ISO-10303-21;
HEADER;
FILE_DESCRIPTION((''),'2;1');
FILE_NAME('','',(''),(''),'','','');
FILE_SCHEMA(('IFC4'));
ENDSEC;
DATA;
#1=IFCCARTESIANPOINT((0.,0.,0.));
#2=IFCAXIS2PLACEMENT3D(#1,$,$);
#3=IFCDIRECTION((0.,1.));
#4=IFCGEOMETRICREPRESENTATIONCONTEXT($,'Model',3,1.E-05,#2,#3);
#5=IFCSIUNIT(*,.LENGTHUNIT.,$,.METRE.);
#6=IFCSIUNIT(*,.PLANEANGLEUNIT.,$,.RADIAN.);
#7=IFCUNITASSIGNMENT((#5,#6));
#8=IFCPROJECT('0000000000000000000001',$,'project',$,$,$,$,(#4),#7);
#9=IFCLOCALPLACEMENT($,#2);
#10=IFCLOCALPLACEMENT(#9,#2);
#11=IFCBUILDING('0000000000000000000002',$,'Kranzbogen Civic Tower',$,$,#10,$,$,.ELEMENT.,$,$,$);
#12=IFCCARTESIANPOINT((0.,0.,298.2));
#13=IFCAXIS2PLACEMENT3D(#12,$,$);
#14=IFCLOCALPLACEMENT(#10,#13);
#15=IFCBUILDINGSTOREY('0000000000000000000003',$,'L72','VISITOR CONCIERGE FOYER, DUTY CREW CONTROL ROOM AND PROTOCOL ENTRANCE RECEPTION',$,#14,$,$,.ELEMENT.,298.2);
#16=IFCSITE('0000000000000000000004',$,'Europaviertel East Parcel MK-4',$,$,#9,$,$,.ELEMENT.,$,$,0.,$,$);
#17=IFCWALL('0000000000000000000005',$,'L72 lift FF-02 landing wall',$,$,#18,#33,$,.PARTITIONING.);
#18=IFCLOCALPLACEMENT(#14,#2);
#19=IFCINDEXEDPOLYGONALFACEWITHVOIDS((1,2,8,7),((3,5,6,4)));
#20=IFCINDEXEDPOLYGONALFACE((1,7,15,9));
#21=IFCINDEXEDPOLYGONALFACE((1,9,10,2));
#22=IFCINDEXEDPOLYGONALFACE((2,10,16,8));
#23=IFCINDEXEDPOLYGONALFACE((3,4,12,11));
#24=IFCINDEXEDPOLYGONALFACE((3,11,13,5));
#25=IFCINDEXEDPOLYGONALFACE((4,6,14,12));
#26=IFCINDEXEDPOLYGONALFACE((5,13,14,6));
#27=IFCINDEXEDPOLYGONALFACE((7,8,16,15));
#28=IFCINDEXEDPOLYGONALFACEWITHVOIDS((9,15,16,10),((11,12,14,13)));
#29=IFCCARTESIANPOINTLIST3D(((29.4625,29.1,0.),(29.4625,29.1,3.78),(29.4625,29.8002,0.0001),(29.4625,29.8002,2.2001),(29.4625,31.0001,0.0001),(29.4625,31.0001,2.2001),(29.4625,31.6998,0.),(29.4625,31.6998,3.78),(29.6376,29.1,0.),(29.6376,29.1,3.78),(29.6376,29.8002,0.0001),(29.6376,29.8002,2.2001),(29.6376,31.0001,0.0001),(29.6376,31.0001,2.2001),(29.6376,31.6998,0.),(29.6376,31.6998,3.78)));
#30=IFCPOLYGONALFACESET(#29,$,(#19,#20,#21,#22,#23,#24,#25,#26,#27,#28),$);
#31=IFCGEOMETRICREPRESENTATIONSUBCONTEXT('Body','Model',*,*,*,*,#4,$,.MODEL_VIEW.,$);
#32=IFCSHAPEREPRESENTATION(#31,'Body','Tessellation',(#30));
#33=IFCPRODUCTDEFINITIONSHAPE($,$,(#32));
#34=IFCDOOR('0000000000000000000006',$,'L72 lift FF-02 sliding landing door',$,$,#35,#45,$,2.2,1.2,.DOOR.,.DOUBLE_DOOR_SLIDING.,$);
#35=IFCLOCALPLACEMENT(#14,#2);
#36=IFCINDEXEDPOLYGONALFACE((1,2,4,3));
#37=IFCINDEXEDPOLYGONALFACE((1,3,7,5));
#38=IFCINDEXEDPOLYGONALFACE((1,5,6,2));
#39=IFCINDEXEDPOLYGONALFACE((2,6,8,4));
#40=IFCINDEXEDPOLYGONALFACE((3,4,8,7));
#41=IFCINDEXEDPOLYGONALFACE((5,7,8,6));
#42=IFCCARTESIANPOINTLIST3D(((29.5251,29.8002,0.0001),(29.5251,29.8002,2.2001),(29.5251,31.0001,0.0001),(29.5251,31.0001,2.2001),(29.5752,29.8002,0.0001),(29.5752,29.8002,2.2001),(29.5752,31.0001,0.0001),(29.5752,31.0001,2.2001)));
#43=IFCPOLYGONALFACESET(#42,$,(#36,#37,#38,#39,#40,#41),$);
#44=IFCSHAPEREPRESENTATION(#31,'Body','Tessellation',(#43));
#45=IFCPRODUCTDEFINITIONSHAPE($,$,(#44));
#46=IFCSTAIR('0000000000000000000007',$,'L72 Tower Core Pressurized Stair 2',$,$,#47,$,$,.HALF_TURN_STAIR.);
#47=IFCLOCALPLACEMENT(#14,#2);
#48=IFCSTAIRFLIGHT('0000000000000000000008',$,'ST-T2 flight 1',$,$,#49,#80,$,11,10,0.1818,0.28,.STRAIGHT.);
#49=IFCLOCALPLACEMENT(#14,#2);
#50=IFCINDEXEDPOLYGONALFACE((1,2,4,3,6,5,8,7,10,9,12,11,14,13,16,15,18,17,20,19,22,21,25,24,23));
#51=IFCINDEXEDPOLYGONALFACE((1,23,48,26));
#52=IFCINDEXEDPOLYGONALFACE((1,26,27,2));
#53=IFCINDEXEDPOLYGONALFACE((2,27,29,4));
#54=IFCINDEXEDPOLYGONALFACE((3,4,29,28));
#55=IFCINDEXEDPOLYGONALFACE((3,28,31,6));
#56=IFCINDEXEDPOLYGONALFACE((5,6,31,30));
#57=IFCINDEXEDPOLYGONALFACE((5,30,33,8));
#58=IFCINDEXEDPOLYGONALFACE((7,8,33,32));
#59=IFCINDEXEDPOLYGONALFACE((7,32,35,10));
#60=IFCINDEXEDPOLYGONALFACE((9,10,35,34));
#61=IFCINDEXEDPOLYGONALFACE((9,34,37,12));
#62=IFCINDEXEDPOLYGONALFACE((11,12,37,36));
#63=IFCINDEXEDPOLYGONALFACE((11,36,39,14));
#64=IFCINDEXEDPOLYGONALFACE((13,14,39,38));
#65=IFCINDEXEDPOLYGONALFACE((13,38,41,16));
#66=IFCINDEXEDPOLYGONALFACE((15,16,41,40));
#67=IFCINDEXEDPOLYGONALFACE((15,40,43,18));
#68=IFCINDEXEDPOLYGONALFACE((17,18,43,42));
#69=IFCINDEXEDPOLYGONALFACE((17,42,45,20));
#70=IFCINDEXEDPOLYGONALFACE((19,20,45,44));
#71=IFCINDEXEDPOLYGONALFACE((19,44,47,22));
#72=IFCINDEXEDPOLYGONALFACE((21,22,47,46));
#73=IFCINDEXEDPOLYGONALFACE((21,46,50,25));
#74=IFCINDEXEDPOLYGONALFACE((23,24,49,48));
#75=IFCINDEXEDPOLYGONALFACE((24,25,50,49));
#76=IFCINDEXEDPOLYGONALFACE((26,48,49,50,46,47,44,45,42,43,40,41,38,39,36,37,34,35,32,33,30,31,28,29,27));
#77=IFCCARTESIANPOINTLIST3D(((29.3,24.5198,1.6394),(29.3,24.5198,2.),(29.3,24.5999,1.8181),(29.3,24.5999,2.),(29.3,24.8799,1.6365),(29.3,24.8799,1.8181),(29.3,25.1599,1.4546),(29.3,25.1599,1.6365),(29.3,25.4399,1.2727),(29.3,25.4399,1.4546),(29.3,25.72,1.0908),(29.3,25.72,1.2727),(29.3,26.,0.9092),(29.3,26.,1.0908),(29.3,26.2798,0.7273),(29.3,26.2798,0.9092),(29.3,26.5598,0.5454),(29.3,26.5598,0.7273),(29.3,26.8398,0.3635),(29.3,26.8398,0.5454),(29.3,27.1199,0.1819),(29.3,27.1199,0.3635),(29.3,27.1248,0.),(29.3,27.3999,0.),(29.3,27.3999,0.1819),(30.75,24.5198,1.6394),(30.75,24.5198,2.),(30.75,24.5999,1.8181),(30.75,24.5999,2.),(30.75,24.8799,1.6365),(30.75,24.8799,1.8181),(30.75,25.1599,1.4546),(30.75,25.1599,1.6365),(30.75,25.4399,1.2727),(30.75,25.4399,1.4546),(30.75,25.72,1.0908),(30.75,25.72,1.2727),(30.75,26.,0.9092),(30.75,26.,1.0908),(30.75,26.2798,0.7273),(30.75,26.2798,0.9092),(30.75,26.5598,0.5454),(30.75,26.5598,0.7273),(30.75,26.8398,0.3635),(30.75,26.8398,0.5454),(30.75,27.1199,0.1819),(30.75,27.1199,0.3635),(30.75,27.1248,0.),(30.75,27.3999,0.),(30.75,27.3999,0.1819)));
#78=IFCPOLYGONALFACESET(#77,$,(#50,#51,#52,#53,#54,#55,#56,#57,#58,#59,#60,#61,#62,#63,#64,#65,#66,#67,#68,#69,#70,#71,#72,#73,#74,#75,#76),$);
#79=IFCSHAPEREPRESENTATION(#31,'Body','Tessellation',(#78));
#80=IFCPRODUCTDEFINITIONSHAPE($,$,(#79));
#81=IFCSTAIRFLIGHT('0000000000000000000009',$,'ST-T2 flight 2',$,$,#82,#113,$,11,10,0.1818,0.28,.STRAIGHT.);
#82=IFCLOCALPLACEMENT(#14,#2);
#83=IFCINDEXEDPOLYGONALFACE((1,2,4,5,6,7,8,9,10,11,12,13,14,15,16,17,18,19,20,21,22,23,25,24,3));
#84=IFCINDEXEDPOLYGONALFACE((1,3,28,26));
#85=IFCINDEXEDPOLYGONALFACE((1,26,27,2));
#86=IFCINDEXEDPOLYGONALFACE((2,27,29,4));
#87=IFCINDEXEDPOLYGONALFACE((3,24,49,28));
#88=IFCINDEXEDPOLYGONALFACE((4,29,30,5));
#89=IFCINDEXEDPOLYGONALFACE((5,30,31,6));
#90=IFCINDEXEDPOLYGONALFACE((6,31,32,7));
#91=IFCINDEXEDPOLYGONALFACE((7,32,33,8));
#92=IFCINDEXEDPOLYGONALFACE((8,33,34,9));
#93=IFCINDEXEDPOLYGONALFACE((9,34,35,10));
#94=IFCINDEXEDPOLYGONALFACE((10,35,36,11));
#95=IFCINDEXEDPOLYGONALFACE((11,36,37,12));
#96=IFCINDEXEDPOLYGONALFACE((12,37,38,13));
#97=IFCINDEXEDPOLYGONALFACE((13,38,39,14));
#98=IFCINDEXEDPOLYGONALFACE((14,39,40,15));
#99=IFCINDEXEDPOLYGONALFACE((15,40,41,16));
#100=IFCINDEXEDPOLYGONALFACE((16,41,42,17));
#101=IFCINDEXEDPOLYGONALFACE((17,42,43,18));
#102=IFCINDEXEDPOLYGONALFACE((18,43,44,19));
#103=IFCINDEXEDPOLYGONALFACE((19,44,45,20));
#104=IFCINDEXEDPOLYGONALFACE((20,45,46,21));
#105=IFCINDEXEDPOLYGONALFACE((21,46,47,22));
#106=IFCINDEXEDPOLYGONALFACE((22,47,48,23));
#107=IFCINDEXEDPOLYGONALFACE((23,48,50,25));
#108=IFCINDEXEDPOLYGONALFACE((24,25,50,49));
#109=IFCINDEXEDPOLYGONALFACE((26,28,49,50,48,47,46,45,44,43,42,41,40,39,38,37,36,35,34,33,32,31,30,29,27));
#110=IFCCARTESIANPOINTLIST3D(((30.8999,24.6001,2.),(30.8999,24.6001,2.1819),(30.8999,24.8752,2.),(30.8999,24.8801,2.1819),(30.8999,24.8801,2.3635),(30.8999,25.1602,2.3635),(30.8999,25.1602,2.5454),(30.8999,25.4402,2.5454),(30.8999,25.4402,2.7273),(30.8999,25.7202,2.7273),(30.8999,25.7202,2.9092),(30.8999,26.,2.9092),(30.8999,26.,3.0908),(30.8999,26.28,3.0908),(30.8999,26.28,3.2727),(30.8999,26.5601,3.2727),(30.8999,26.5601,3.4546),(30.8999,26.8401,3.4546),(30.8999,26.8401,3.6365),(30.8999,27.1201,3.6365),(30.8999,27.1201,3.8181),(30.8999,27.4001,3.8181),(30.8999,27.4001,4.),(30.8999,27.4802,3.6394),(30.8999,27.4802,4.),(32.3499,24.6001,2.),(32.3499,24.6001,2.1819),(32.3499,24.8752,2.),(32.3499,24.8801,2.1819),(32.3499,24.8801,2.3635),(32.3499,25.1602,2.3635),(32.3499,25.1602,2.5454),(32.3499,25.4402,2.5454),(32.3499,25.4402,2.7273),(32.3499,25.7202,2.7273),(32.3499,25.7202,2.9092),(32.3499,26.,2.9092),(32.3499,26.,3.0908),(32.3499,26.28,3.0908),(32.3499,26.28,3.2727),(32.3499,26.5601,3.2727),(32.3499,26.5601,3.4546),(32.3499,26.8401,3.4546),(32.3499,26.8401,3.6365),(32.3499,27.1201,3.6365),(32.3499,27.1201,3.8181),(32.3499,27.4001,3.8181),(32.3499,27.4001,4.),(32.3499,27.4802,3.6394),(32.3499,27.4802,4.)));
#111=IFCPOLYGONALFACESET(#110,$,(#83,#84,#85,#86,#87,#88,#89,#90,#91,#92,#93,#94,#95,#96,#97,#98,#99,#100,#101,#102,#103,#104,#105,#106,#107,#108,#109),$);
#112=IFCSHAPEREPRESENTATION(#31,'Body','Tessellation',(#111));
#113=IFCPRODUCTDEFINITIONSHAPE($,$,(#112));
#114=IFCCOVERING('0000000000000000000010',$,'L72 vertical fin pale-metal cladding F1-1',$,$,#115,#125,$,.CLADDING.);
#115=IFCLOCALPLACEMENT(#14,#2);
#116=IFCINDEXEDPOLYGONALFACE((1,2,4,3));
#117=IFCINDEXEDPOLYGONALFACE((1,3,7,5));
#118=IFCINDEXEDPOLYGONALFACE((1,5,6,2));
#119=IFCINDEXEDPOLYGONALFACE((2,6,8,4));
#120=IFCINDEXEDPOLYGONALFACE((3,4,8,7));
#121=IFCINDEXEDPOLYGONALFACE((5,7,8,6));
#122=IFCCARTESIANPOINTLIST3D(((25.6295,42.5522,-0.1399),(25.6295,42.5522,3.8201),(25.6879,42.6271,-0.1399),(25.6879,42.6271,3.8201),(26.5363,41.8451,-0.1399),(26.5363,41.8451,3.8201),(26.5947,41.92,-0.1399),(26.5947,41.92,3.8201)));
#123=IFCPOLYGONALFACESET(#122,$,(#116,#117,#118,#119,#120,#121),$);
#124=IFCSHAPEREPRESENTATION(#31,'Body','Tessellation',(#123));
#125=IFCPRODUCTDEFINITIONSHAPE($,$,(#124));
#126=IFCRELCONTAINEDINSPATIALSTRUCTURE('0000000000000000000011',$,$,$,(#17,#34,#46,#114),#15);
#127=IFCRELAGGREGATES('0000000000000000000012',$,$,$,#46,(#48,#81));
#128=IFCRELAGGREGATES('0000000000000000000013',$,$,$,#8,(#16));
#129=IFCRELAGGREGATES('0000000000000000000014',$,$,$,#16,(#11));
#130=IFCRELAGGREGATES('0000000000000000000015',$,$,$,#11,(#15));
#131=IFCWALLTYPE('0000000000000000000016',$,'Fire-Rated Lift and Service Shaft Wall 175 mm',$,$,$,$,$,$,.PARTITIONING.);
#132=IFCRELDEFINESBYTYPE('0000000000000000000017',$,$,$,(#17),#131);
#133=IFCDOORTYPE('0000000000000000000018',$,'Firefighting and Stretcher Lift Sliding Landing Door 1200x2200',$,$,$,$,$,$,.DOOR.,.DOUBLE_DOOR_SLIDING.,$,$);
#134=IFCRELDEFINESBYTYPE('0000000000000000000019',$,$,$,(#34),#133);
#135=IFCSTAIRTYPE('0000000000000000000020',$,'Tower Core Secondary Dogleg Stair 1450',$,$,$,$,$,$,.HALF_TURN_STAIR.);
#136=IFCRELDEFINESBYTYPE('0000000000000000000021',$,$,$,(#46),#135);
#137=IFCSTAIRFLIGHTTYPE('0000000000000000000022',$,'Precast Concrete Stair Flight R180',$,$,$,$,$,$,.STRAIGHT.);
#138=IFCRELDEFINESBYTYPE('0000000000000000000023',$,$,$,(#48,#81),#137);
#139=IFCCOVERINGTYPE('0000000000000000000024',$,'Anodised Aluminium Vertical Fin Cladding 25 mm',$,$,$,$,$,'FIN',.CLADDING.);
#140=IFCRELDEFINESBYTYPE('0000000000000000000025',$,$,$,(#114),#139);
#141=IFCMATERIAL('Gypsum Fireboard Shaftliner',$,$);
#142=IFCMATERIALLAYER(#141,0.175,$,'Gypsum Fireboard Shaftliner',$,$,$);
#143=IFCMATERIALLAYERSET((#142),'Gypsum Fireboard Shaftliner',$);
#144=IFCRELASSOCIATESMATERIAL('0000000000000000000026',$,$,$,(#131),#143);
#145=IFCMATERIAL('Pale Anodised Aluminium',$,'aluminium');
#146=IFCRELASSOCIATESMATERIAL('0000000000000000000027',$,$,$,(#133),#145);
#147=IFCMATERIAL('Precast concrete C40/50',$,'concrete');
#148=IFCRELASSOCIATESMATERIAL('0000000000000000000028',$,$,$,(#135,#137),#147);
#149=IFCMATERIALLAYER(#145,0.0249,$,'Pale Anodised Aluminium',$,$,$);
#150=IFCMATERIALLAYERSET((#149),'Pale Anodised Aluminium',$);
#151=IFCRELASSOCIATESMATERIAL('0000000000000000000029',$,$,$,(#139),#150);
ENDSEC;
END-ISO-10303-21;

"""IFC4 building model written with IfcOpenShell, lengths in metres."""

from ifc_helpers import new_model, si_unit, direction, frame, frame_2d, origin, origin_2d, place, context, subcontext, project, spatial, polyline, rectangle, outline, extrude, material, layer, layer_set, type_object, element, fill, aggregate, save


model = new_model("IFC4")

# Units and contexts
model_context = context("Model", 3, precision=1e-05, world=origin(), true_north=direction((0.0, 1.0)))
body_context = subcontext(model_context, "Body", "Model", "MODEL_VIEW")
ifc_project = project(units=[si_unit("LENGTHUNIT", "METRE"), si_unit("PLANEANGLEUNIT", "RADIAN")], contexts=[model_context])

# Site, building, storey
site_placement = place(None, origin())
site = spatial("IfcSite", under=ifc_project, at=site_placement, Name="Europaviertel East Parcel MK-4", CompositionType="ELEMENT", RefElevation=0.0)
building_placement = place(site_placement, origin())
building = spatial("IfcBuilding", under=site, at=building_placement, Name="Kranzbogen Civic Tower", CompositionType="ELEMENT")
storey_placement = place(building_placement, frame((0.0, 0.0, 298.2)))
storey = spatial("IfcBuildingStorey", under=building, at=storey_placement, Name="L72", Description="VISITOR CONCIERGE FOYER, DUTY CREW CONTROL ROOM AND PROTOCOL ENTRANCE RECEPTION", CompositionType="ELEMENT", Elevation=298.2)

# Shared definitions
ifc_material_1 = material(Name="Pale Anodised Aluminium", Category="aluminium")

# Shared definitions
ifc_material_2 = material(Name="Gypsum Fireboard Shaftliner")
ifc_layer_1 = layer(ifc_material_2, 0.175, Name="Gypsum Fireboard Shaftliner")
ifc_layer_set_1 = layer_set([ifc_layer_1], Name="Gypsum Fireboard Shaftliner")
wall_type_1 = type_object("IfcWallType", Name="Fire-Rated Lift and Service Shaft Wall 175 mm", PredefinedType="PARTITIONING", material=ifc_layer_set_1)

# Wall, opening, door
wall_1_placement = place(storey_placement, frame((29.55, 29.1001, 0.0), z_axis=(0.0, 0.0, 1.0), x_axis=(0.0, 1.0, 0.0)))
wall_1 = element("IfcWall", 1, at=wall_1_placement, inside=storey, type_object=wall_type_1, Name="L72 lift FF-02 landing wall", PredefinedType="PARTITIONING", context=body_context, shape_type="SweptSolid", body=[
    extrude(rectangle(XDim=2.5999, YDim=0.175, at=frame_2d((1.2998, 0.0))), origin(), (0.0, 0.0, 1.0), 3.78),
])
opening_1_placement = place(wall_1_placement, frame((0.7, 0.0, 0.0)))
opening_1 = element("IfcOpeningElement", 2, at=opening_1_placement, cuts=wall_1, PredefinedType="OPENING", context=body_context, shape_type="SweptSolid", body=[
    extrude(rectangle(XDim=1.2, YDim=2.2, at=frame_2d((0.6001, 1.1001))), frame((0.0, 0.0977, 0.0), z_axis=(0.0, -1.0, 0.0), x_axis=(1.0, 0.0, 0.0)), (0.0, 0.0, 1.0), 0.1951),
])
door_type_1 = type_object("IfcDoorType", Name="Firefighting and Stretcher Lift Sliding Landing Door 1200x2200", OperationType="DOUBLE_DOOR_SLIDING", PredefinedType="DOOR", material=ifc_material_1)
door_1_placement = place(opening_1_placement, origin())
door_1 = element("IfcDoor", 3, at=door_1_placement, inside=storey, type_object=door_type_1, Name="L72 lift FF-02 sliding landing door", OperationType="DOUBLE_DOOR_SLIDING", OverallHeight=2.2, OverallWidth=1.2, PredefinedType="DOOR", context=body_context, shape_type="SweptSolid", body=[
    extrude(rectangle(XDim=1.2, YDim=2.2, at=frame_2d((0.6001, 1.1001))), frame((0.0, 0.0249, 0.0), z_axis=(0.0, -1.0, 0.0), x_axis=(1.0, 0.0, 0.0)), (0.0, 0.0, 1.0), 0.05),
])
fill(opening_1, door_1)

# Stair, stair flights
ifc_material_3 = material(Name="Precast concrete C40/50", Category="concrete")
stair_type = type_object("IfcStairType", Name="Tower Core Secondary Dogleg Stair 1450", PredefinedType="HALF_TURN_STAIR", material=ifc_material_3)
stair_placement = place(storey_placement, origin())
stair = element("IfcStair", 4, at=stair_placement, inside=storey, type_object=stair_type, Name="L72 Tower Core Pressurized Stair 2", PredefinedType="HALF_TURN_STAIR")
stair_flight_type = type_object("IfcStairFlightType", Name="Precast Concrete Stair Flight R180", PredefinedType="STRAIGHT", material=ifc_material_3)
stair_flight_1_placement = place(storey_placement, frame((30.0249, 27.3999, 0.0), z_axis=(0.0, 0.0, 1.0), x_axis=(0.0, -1.0, 0.0)))
stair_flight_1 = element("IfcStairFlight", 5, at=stair_flight_1_placement, type_object=stair_flight_type, Name="ST-T2 flight 1", NumberOfRisers=11, NumberOfTreads=10, PredefinedType="STRAIGHT", RiserHeight=0.1818, TreadLength=0.28, context=body_context, shape_type="SweptSolid", body=[
    extrude(outline(polyline([(0.0, 0.0), (0.0, 0.1819), (0.28, 0.1819), (0.28, 0.3635), (0.5601, 0.3635), (0.5601, 0.5454), (0.8401, 0.5454), (0.8401, 0.7273), (1.1201, 0.7273), (1.1201, 0.9092), (1.3999, 0.9092), (1.3999, 1.0908), (1.6799, 1.0908), (1.6799, 1.2727), (1.96, 1.2727), (1.96, 1.4546), (2.24, 1.4546), (2.24, 1.6365), (2.52, 1.6365), (2.52, 1.8181), (2.8, 1.8181), (2.8, 2.0), (2.8801, 2.0), (2.8801, 1.6394), (0.2751, 0.0), (0.0, 0.0)])), frame((0.0, 0.7251, 0.0), z_axis=(0.0, -1.0, 0.0), x_axis=(1.0, 0.0, 0.0)), (0.0, 0.0, 1.0), 1.45),
])
stair_flight_2_placement = place(storey_placement, frame((31.625, 24.6001, 2.0), z_axis=(0.0, 0.0, 1.0), x_axis=(0.0, 1.0, 0.0)))
stair_flight_2 = element("IfcStairFlight", 6, at=stair_flight_2_placement, type_object=stair_flight_type, Name="ST-T2 flight 2", NumberOfRisers=11, NumberOfTreads=10, PredefinedType="STRAIGHT", RiserHeight=0.1818, TreadLength=0.28, context=body_context, shape_type="SweptSolid", body=[
    extrude(outline(polyline([(0.0, 0.0), (0.0, 0.1819), (0.28, 0.1819), (0.28, 0.3635), (0.5601, 0.3635), (0.5601, 0.5454), (0.8401, 0.5454), (0.8401, 0.7273), (1.1201, 0.7273), (1.1201, 0.9092), (1.3999, 0.9092), (1.3999, 1.0908), (1.6799, 1.0908), (1.6799, 1.2727), (1.96, 1.2727), (1.96, 1.4546), (2.24, 1.4546), (2.24, 1.6365), (2.52, 1.6365), (2.52, 1.8181), (2.8, 1.8181), (2.8, 2.0), (2.8801, 2.0), (2.8801, 1.6394), (0.2751, 0.0), (0.0, 0.0)])), frame((0.0, 0.7251, 0.0), z_axis=(0.0, -1.0, 0.0), x_axis=(1.0, 0.0, 0.0)), (0.0, 0.0, 1.0), 1.45),
])
aggregate(stair, [stair_flight_1, stair_flight_2])

# Covering
ifc_layer_2 = layer(ifc_material_1, 0.0249, Name="Pale Anodised Aluminium")
ifc_layer_set_2 = layer_set([ifc_layer_2], Name="Pale Anodised Aluminium")
covering_type = type_object("IfcCoveringType", Name="Anodised Aluminium Vertical Fin Cladding 25 mm", ElementType="FIN", PredefinedType="CLADDING", material=ifc_layer_set_2)
covering_placement = place(storey_placement, frame((26.1121, 42.2361, -0.1399), z_axis=(0.0, 0.0, 1.0), x_axis=(-0.788601, 0.614905, 0.0)))
element("IfcCovering", 7, at=covering_placement, inside=storey, type_object=covering_type, Name="L72 vertical fin pale-metal cladding F1-1", PredefinedType="CLADDING", context=body_context, shape_type="SweptSolid", body=[
    extrude(rectangle(XDim=1.1499, YDim=0.095, at=origin_2d()), origin(), (0.0, 0.0, 1.0), 3.96),
])

save(model, "model.ifc")
